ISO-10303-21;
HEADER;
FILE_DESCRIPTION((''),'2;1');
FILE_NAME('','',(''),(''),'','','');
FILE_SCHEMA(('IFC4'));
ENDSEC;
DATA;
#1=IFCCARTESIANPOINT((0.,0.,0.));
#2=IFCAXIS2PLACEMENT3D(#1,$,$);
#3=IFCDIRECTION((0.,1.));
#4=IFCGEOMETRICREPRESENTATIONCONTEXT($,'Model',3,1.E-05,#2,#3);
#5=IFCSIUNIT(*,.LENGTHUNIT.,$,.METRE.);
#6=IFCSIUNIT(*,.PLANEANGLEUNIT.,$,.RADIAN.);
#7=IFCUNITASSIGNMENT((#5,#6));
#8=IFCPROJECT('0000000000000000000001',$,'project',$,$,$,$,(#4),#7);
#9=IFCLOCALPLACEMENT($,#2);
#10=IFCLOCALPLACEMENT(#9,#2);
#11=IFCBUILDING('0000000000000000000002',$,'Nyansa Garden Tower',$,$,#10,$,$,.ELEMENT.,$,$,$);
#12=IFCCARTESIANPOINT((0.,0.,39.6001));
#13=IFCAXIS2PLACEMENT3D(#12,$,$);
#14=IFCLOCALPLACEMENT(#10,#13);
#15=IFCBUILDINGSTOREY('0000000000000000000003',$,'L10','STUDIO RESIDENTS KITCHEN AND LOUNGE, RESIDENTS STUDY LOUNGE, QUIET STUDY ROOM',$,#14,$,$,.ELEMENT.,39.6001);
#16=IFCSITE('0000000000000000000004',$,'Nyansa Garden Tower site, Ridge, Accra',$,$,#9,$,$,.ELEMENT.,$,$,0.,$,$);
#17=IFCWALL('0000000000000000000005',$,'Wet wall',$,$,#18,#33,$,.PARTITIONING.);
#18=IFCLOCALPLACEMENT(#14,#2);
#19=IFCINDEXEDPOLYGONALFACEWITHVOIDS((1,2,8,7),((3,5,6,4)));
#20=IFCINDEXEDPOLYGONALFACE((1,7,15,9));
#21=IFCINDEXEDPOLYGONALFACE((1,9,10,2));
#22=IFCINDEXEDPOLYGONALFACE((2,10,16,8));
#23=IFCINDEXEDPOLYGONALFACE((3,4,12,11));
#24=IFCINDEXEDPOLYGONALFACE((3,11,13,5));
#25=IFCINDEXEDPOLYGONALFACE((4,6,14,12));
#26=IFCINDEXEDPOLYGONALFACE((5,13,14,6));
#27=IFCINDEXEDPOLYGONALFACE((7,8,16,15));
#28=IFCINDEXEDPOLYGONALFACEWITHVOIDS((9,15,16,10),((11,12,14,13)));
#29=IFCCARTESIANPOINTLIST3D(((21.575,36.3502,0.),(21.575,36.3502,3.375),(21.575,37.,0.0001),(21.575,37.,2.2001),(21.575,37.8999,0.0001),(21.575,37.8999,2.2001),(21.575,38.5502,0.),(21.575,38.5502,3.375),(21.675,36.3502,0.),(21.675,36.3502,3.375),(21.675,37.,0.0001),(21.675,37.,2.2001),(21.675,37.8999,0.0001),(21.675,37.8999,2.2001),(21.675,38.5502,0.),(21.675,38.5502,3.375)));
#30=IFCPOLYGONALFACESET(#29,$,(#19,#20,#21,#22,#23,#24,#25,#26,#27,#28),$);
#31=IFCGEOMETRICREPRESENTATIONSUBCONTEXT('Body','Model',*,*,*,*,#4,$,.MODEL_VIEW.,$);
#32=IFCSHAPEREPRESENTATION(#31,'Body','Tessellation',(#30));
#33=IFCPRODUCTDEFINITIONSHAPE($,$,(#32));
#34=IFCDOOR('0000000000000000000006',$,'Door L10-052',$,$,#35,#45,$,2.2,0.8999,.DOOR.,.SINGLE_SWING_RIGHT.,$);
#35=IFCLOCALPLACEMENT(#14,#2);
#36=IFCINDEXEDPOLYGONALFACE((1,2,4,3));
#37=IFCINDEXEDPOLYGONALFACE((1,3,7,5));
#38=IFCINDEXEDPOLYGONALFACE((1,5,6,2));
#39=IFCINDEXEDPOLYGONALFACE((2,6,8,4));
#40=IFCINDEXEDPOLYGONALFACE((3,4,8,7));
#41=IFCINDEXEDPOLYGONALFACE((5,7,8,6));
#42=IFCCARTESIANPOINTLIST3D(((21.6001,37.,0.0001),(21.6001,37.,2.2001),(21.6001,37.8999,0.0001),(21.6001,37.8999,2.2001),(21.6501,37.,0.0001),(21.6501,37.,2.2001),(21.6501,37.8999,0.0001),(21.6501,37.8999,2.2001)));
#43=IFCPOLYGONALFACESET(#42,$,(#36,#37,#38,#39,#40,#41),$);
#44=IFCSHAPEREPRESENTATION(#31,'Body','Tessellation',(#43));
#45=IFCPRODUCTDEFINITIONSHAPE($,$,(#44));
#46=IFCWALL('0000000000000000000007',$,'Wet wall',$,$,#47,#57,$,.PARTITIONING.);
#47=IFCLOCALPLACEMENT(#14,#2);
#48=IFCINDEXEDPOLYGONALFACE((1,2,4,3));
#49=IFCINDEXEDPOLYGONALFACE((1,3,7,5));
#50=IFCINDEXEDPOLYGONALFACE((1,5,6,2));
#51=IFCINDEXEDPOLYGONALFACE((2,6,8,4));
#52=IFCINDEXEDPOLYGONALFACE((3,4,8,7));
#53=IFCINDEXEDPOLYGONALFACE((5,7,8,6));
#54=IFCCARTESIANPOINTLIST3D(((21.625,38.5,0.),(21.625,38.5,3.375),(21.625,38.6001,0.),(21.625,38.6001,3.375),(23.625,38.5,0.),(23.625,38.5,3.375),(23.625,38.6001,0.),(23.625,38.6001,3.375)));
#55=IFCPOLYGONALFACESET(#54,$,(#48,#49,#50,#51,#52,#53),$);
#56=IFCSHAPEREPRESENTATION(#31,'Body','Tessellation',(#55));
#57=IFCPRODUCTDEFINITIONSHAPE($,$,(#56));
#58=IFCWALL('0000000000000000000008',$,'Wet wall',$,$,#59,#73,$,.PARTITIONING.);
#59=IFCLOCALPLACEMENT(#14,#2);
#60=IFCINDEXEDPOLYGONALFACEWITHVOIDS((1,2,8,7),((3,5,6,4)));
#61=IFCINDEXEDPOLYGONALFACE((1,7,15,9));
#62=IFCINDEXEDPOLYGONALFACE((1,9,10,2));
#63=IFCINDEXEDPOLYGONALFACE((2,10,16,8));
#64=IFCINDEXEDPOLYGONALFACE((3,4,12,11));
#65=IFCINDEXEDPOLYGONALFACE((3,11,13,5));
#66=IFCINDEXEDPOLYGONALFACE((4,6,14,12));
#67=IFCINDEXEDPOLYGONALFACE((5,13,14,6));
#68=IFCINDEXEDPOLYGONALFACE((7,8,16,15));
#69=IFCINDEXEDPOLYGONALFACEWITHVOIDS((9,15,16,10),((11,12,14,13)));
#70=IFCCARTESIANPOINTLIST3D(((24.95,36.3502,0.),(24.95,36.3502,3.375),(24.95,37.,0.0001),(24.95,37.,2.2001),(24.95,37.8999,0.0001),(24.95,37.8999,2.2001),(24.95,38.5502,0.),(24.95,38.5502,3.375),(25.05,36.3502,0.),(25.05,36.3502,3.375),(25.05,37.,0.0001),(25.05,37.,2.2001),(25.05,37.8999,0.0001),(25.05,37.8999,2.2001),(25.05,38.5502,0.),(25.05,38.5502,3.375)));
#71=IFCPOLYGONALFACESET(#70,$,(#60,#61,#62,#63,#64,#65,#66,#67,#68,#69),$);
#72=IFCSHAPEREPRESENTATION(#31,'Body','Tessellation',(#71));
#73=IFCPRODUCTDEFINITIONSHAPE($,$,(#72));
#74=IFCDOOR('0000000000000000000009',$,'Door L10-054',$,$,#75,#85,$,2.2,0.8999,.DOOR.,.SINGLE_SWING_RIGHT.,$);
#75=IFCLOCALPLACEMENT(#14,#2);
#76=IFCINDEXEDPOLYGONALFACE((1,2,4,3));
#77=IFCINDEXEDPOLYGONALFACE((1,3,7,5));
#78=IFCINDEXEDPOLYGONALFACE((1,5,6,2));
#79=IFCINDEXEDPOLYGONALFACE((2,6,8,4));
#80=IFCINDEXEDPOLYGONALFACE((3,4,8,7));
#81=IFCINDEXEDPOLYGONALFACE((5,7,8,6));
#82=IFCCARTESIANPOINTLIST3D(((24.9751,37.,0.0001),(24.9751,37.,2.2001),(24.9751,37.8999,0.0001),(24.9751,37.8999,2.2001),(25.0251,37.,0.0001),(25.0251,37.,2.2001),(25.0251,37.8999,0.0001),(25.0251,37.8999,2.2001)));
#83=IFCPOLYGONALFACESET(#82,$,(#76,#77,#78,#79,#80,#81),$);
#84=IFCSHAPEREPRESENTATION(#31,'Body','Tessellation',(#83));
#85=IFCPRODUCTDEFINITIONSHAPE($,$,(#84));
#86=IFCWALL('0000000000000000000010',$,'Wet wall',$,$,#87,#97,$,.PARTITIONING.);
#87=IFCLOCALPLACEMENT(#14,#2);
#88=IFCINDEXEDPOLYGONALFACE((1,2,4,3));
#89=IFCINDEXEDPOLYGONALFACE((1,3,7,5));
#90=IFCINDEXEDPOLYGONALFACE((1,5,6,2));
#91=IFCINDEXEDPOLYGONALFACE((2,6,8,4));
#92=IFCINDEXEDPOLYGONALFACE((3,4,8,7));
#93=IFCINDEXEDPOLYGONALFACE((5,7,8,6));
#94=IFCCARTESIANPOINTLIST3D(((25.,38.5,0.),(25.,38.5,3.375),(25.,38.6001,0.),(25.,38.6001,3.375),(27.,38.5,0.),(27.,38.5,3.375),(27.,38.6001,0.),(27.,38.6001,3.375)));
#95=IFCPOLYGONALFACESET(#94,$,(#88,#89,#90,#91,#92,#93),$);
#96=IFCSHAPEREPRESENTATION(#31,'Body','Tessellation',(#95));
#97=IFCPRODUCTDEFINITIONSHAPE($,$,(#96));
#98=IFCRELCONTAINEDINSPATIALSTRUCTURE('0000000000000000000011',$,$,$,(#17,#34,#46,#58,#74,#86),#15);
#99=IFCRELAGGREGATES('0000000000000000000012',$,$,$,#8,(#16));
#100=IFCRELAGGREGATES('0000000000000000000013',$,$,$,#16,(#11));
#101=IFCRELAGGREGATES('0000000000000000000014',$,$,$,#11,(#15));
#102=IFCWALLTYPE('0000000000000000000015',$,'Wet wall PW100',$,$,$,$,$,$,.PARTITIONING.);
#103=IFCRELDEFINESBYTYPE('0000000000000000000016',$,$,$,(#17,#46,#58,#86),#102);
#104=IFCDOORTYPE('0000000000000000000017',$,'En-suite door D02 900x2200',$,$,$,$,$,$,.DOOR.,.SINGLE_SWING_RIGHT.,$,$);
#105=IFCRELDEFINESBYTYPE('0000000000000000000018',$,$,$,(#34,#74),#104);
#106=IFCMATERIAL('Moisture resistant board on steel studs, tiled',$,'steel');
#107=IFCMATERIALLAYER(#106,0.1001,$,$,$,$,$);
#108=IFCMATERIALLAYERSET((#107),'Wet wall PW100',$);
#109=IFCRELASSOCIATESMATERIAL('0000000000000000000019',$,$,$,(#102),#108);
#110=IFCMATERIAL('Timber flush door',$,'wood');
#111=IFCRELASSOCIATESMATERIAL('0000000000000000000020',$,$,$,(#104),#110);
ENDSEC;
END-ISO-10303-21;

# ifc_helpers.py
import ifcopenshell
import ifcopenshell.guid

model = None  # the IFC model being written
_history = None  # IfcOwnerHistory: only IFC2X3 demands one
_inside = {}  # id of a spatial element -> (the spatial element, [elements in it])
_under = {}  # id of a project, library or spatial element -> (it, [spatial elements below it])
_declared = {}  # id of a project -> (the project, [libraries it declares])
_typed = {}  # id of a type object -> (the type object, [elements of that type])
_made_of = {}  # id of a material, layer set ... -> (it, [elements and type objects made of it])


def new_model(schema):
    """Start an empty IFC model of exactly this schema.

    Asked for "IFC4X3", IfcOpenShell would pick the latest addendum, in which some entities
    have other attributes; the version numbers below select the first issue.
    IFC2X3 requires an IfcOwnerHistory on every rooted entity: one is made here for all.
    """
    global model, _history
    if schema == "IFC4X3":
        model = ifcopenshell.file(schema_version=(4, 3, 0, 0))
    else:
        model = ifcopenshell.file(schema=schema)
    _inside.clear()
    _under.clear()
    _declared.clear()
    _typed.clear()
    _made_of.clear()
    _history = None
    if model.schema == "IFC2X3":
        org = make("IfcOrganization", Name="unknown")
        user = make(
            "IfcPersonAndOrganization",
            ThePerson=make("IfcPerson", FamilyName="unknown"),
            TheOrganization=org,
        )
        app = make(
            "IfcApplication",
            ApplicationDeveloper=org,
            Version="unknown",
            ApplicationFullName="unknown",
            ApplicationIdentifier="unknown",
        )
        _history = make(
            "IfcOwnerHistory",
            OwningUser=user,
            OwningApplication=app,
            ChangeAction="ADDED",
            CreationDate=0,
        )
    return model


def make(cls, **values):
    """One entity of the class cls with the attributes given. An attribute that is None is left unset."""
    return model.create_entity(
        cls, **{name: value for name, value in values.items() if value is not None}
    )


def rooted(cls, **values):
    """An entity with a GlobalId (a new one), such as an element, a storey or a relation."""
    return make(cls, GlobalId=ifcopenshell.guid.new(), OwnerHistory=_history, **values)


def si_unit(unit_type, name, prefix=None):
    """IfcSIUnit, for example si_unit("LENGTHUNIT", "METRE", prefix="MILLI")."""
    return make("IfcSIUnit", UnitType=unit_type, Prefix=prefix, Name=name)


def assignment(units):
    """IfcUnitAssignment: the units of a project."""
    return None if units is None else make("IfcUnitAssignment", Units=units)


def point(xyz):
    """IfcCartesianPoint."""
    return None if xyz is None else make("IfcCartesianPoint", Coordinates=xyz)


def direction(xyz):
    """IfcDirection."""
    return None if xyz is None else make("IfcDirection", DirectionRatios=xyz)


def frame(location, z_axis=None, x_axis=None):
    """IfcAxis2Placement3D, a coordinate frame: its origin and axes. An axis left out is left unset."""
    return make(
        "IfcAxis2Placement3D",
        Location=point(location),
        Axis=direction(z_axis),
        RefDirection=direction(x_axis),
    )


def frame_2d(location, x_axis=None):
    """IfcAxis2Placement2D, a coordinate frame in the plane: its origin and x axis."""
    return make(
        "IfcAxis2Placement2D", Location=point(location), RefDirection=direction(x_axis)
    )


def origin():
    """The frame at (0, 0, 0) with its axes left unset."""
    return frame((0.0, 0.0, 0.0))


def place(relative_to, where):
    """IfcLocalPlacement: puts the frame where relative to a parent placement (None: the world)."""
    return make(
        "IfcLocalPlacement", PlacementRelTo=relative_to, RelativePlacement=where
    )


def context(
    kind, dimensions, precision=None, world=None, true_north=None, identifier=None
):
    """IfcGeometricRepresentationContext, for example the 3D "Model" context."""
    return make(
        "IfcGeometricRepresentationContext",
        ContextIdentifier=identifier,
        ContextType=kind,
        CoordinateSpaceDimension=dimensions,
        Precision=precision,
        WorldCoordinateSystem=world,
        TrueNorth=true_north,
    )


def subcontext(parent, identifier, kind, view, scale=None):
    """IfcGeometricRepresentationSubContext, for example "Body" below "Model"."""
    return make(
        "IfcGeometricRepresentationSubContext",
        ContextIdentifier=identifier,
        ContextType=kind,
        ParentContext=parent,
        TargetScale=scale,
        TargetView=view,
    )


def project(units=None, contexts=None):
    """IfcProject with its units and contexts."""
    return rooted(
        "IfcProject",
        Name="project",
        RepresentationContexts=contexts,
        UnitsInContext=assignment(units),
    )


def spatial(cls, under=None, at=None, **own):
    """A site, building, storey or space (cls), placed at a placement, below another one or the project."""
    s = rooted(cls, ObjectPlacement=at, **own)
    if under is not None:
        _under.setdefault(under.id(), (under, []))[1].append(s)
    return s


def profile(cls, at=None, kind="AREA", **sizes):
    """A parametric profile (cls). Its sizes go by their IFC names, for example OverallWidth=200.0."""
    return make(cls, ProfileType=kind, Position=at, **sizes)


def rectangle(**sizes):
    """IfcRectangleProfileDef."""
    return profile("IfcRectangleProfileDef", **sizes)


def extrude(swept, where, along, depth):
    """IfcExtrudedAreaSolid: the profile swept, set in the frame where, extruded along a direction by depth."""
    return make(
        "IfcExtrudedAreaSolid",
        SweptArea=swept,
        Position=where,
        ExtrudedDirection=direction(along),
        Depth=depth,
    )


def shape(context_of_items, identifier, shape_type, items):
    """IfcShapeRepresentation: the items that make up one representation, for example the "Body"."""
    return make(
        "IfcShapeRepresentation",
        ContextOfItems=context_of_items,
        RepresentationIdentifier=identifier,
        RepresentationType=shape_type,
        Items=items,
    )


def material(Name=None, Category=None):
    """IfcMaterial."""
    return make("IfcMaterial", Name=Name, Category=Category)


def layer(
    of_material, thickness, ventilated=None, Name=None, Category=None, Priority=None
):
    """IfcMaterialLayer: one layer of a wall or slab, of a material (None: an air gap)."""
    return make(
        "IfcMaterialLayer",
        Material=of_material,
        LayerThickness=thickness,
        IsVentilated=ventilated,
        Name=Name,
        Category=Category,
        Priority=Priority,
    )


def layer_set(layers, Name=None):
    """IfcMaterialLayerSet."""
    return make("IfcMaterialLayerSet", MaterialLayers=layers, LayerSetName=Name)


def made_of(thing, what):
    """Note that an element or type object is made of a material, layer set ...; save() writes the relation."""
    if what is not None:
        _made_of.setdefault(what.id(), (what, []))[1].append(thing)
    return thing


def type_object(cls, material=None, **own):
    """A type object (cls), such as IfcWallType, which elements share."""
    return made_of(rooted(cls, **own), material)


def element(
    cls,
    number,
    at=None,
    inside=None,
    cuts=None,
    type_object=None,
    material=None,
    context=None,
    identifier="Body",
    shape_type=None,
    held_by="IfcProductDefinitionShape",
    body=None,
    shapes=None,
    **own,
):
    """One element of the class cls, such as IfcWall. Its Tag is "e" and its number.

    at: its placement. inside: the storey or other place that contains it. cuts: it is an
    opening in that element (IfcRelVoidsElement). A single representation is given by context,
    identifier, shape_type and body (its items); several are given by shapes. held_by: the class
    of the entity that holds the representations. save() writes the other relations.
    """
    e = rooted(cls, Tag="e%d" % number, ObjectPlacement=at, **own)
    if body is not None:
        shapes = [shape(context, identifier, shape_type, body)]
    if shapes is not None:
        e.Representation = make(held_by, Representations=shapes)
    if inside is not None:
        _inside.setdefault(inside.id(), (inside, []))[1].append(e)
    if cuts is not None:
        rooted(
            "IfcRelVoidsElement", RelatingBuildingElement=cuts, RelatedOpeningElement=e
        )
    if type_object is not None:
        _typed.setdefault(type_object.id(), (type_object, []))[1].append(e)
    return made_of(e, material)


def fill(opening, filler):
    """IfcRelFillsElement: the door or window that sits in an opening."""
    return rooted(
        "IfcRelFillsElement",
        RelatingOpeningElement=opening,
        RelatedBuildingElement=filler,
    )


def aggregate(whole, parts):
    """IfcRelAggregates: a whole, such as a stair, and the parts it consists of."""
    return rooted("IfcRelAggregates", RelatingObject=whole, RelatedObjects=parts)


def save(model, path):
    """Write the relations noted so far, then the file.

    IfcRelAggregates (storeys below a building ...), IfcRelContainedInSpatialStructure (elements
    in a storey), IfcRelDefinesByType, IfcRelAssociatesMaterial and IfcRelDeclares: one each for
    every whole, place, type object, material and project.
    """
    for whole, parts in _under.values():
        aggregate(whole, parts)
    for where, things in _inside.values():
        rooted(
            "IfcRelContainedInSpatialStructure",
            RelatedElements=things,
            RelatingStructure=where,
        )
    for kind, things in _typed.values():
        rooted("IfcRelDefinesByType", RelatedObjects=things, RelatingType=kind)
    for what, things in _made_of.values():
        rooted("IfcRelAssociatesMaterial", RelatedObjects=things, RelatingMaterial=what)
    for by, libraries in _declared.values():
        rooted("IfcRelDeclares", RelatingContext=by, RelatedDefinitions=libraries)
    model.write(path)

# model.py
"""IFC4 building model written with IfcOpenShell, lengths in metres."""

from ifc_helpers import new_model, si_unit, direction, frame, frame_2d, origin, place, context, subcontext, project, spatial, rectangle, extrude, material, layer, layer_set, type_object, element, fill, save


model = new_model("IFC4")

# Units and contexts
model_context = context("Model", 3, precision=1e-05, world=origin(), true_north=direction((0.0, 1.0)))
body_context = subcontext(model_context, "Body", "Model", "MODEL_VIEW")
ifc_project = project(units=[si_unit("LENGTHUNIT", "METRE"), si_unit("PLANEANGLEUNIT", "RADIAN")], contexts=[model_context])

# Site, building, storey
site_placement = place(None, origin())
site = spatial("IfcSite", under=ifc_project, at=site_placement, Name="Nyansa Garden Tower site, Ridge, Accra", CompositionType="ELEMENT", RefElevation=0.0)
building_placement = place(site_placement, origin())
building = spatial("IfcBuilding", under=site, at=building_placement, Name="Nyansa Garden Tower", CompositionType="ELEMENT")
storey_placement = place(building_placement, frame((0.0, 0.0, 39.6001)))
storey = spatial("IfcBuildingStorey", under=building, at=storey_placement, Name="L10", Description="STUDIO RESIDENTS KITCHEN AND LOUNGE, RESIDENTS STUDY LOUNGE, QUIET STUDY ROOM", CompositionType="ELEMENT", Elevation=39.6001)

# Wall, opening, door
ifc_material_1 = material(Name="Moisture resistant board on steel studs, tiled", Category="steel")
ifc_layer_1 = layer(ifc_material_1, 0.1001)
ifc_layer_set_1 = layer_set([ifc_layer_1], Name="Wet wall PW100")
wall_type_1 = type_object("IfcWallType", Name="Wet wall PW100", PredefinedType="PARTITIONING", material=ifc_layer_set_1)
wall_1_placement = place(storey_placement, frame((21.625, 36.3501, 0.0), z_axis=(0.0, 0.0, 1.0), x_axis=(0.0, 1.0, 0.0)))
wall_1 = element("IfcWall", 1, at=wall_1_placement, inside=storey, type_object=wall_type_1, Name="Wet wall", PredefinedType="PARTITIONING", context=body_context, shape_type="SweptSolid", body=[
    extrude(rectangle(XDim=2.2, YDim=0.1001, at=frame_2d((1.1001, 0.0))), origin(), (0.0, 0.0, 1.0), 3.375),
])
opening_1_placement = place(wall_1_placement, frame((0.6499, 0.0, 0.0)))
opening_1 = element("IfcOpeningElement", 2, at=opening_1_placement, cuts=wall_1, PredefinedType="OPENING", context=body_context, shape_type="SweptSolid", body=[
    extrude(rectangle(XDim=0.8999, YDim=2.2, at=frame_2d((0.45, 1.1001))), frame((0.0, 0.0601, 0.0), z_axis=(0.0, -1.0, 0.0), x_axis=(1.0, 0.0, 0.0)), (0.0, 0.0, 1.0), 0.1201),
])
ifc_material_2 = material(Name="Timber flush door", Category="wood")
door_type = type_object("IfcDoorType", Name="En-suite door D02 900x2200", OperationType="SINGLE_SWING_RIGHT", PredefinedType="DOOR", material=ifc_material_2)
door_1_placement = place(opening_1_placement, origin())
door_1 = element("IfcDoor", 3, at=door_1_placement, inside=storey, type_object=door_type, Name="Door L10-052", OperationType="SINGLE_SWING_RIGHT", OverallHeight=2.2, OverallWidth=0.8999, PredefinedType="DOOR", context=body_context, shape_type="SweptSolid", body=[
    extrude(rectangle(XDim=0.8999, YDim=2.2, at=frame_2d((0.45, 1.1001))), frame((0.0, 0.0249, 0.0), z_axis=(0.0, -1.0, 0.0), x_axis=(1.0, 0.0, 0.0)), (0.0, 0.0, 1.0), 0.05),
])
fill(opening_1, door_1)

# Wall
wall_2_placement = place(storey_placement, frame((21.625, 38.55, 0.0), z_axis=(0.0, 0.0, 1.0), x_axis=(1.0, 0.0, 0.0)))
element("IfcWall", 4, at=wall_2_placement, inside=storey, type_object=wall_type_1, Name="Wet wall", PredefinedType="PARTITIONING", context=body_context, shape_type="SweptSolid", body=[
    extrude(rectangle(XDim=2.0, YDim=0.1001, at=frame_2d((1.0, 0.0))), origin(), (0.0, 0.0, 1.0), 3.375),
])

# Wall, opening, door
wall_3_placement = place(storey_placement, frame((25.0, 36.3501, 0.0), z_axis=(0.0, 0.0, 1.0), x_axis=(0.0, 1.0, 0.0)))
wall_3 = element("IfcWall", 5, at=wall_3_placement, inside=storey, type_object=wall_type_1, Name="Wet wall", PredefinedType="PARTITIONING", context=body_context, shape_type="SweptSolid", body=[
    extrude(rectangle(XDim=2.2, YDim=0.1001, at=frame_2d((1.1001, 0.0))), origin(), (0.0, 0.0, 1.0), 3.375),
])
opening_2_placement = place(wall_3_placement, frame((0.6499, 0.0, 0.0)))
opening_2 = element("IfcOpeningElement", 6, at=opening_2_placement, cuts=wall_3, PredefinedType="OPENING", context=body_context, shape_type="SweptSolid", body=[
    extrude(rectangle(XDim=0.8999, YDim=2.2, at=frame_2d((0.45, 1.1001))), frame((0.0, 0.0601, 0.0), z_axis=(0.0, -1.0, 0.0), x_axis=(1.0, 0.0, 0.0)), (0.0, 0.0, 1.0), 0.1201),
])
door_2_placement = place(opening_2_placement, origin())
door_2 = element("IfcDoor", 7, at=door_2_placement, inside=storey, type_object=door_type, Name="Door L10-054", OperationType="SINGLE_SWING_RIGHT", OverallHeight=2.2, OverallWidth=0.8999, PredefinedType="DOOR", context=body_context, shape_type="SweptSolid", body=[
    extrude(rectangle(XDim=0.8999, YDim=2.2, at=frame_2d((0.45, 1.1001))), frame((0.0, 0.0249, 0.0), z_axis=(0.0, -1.0, 0.0), x_axis=(1.0, 0.0, 0.0)), (0.0, 0.0, 1.0), 0.05),
])
fill(opening_2, door_2)

# Wall
wall_4_placement = place(storey_placement, frame((25.0, 38.55, 0.0), z_axis=(0.0, 0.0, 1.0), x_axis=(1.0, 0.0, 0.0)))
element("IfcWall", 8, at=wall_4_placement, inside=storey, type_object=wall_type_1, Name="Wet wall", PredefinedType="PARTITIONING", context=body_context, shape_type="SweptSolid", body=[
    extrude(rectangle(XDim=2.0, YDim=0.1001, at=frame_2d((1.0, 0.0))), origin(), (0.0, 0.0, 1.0), 3.375),
])

save(model, "model.ifc")
